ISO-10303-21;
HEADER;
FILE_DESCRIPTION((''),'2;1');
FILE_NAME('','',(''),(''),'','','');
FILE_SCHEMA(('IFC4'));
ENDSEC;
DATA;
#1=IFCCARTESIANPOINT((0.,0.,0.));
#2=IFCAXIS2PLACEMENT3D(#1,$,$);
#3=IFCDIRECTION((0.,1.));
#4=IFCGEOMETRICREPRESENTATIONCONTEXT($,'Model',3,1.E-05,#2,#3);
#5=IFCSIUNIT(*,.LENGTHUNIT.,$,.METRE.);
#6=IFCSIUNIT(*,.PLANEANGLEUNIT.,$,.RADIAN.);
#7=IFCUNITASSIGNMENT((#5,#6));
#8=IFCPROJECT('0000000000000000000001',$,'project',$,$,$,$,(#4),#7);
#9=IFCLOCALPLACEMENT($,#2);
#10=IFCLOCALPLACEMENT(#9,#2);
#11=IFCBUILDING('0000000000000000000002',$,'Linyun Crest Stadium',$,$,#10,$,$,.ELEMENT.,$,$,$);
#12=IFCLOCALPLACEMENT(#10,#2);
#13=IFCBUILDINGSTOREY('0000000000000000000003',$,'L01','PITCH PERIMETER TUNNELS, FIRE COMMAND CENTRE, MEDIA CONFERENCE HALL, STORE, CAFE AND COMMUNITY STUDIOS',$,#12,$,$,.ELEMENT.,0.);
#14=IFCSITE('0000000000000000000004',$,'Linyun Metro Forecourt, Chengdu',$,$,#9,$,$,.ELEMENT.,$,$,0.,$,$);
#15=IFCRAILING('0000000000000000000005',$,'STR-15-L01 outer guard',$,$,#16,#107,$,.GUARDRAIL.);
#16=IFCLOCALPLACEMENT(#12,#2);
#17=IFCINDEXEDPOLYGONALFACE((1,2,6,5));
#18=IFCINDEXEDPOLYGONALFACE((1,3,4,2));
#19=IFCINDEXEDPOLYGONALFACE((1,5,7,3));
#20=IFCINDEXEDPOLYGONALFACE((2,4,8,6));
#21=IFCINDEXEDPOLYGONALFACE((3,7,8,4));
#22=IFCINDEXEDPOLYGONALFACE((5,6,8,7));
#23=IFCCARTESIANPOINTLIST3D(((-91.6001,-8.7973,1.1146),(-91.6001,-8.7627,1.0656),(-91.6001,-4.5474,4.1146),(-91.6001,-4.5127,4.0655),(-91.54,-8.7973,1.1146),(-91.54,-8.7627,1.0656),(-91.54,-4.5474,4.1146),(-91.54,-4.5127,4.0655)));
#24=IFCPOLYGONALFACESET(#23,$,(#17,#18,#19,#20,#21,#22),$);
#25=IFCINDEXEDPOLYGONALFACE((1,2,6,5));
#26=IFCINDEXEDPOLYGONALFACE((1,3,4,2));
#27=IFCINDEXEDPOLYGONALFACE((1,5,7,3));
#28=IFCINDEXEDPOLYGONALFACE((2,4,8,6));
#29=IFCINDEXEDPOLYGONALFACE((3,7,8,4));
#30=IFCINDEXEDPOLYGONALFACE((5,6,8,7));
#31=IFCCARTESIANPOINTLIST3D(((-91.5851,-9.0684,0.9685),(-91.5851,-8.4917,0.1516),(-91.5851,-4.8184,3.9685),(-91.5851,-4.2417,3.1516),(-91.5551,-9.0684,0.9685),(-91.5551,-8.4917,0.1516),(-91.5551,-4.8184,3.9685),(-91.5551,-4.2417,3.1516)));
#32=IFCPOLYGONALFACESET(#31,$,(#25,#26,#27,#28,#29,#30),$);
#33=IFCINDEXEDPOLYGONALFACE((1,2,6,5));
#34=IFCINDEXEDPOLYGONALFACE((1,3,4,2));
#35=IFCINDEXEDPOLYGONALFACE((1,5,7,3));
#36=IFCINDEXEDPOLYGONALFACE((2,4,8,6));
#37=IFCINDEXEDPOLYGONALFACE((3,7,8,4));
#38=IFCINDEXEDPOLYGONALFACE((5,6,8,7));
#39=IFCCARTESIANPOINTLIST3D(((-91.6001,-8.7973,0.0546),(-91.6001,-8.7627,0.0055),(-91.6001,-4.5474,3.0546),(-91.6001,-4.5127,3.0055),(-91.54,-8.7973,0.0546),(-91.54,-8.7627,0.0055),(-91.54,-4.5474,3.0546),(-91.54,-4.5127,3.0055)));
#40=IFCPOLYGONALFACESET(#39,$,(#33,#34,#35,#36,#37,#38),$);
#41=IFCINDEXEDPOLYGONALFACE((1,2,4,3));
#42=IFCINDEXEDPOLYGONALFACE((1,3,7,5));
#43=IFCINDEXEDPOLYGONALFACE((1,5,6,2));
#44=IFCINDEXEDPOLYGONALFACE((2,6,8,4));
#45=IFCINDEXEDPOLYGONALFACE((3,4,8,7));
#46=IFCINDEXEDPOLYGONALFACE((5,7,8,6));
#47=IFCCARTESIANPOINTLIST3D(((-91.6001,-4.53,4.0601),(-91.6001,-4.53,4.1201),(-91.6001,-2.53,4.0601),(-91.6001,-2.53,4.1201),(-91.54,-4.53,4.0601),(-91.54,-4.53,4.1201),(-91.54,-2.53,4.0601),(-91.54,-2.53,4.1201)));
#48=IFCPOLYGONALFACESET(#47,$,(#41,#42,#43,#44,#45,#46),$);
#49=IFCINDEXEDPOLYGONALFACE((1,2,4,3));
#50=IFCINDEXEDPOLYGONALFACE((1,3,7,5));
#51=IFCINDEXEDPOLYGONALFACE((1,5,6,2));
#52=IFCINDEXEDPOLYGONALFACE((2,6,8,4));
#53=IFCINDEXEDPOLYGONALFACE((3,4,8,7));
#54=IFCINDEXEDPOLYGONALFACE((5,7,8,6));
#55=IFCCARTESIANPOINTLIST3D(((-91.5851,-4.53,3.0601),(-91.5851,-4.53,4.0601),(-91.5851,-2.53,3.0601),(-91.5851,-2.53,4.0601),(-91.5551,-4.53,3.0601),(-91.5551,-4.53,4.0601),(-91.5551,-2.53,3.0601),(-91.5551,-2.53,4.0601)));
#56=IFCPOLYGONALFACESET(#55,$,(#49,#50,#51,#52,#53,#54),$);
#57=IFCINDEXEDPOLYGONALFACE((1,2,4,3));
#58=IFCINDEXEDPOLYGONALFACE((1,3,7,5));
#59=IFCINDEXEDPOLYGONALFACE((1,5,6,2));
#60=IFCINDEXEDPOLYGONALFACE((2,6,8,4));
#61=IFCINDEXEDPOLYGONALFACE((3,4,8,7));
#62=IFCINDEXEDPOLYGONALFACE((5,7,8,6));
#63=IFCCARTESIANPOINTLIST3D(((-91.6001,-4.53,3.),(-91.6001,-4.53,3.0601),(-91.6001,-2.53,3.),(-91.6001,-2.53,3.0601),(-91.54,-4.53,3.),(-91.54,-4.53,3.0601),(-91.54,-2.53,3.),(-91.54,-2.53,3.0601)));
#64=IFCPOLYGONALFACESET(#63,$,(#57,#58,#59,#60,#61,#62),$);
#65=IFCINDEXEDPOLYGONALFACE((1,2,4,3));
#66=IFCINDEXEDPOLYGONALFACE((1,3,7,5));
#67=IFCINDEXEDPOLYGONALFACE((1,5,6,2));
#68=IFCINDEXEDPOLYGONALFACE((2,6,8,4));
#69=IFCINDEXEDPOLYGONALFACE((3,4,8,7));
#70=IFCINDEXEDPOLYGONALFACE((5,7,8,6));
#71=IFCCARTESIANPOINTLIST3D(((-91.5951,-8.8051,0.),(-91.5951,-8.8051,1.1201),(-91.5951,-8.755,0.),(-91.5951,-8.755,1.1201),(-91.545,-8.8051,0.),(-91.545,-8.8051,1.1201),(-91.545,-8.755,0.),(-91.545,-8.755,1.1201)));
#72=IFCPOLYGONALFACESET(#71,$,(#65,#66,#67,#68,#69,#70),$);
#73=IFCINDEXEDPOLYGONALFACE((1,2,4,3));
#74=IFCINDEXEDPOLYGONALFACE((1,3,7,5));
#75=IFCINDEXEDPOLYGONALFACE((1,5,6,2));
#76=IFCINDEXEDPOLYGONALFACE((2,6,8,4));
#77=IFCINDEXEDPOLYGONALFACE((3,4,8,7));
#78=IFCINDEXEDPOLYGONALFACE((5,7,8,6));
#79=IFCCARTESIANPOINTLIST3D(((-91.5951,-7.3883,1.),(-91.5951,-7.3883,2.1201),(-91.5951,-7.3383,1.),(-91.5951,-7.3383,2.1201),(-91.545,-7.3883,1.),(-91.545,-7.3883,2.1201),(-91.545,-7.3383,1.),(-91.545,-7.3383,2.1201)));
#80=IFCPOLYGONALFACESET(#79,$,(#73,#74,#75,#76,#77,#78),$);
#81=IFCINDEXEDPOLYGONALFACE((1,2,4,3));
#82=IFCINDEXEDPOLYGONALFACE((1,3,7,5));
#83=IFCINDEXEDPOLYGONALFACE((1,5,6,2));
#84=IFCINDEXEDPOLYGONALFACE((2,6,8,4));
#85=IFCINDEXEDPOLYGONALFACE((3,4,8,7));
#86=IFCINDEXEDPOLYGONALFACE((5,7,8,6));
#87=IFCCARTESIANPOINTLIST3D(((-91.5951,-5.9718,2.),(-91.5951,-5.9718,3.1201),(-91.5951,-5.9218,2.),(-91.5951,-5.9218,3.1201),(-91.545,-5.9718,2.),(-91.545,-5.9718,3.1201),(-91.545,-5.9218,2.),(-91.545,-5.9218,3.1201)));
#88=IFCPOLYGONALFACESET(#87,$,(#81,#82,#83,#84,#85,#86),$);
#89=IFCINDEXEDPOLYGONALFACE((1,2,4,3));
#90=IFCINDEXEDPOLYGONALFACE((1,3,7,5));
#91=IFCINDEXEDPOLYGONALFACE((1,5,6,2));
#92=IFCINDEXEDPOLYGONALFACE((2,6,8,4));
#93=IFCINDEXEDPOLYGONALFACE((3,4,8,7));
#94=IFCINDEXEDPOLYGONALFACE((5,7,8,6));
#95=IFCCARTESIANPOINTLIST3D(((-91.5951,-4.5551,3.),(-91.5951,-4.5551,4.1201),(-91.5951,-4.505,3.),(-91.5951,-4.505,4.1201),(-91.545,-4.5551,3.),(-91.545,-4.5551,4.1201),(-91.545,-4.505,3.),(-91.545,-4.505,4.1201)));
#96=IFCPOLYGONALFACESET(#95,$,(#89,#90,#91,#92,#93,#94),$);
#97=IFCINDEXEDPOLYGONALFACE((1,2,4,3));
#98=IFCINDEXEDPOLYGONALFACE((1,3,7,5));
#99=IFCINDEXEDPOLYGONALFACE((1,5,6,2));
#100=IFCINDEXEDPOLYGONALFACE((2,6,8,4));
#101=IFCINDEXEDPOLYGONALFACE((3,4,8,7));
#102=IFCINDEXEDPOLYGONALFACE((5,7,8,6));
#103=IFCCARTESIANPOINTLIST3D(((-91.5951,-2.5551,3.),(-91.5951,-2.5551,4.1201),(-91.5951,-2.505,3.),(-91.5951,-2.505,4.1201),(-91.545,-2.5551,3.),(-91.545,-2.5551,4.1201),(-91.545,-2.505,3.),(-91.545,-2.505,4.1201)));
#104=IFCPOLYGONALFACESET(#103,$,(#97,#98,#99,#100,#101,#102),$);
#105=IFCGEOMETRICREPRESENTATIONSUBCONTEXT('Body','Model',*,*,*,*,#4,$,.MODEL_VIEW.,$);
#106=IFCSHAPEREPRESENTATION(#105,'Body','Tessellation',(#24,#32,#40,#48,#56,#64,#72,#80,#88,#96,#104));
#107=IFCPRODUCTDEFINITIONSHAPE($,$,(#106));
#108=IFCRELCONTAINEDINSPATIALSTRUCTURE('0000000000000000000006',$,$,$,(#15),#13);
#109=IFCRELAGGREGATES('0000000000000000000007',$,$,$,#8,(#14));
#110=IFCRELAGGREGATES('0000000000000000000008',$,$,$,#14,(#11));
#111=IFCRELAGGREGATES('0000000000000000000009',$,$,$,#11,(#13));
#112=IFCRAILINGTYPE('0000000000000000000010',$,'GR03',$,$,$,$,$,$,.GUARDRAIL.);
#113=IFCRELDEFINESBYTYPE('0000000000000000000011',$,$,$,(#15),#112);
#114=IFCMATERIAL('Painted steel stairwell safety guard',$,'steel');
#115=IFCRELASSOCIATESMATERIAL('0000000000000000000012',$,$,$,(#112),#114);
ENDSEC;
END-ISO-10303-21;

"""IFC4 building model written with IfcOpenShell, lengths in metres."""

from ifc_helpers import new_model, si_unit, direction, frame, origin, origin_2d, place, context, subcontext, project, spatial, rectangle, extrude, material, type_object, element, save


model = new_model("IFC4")

# Units and contexts
model_context = context("Model", 3, precision=1e-05, world=origin(), true_north=direction((0.0, 1.0)))
body_context = subcontext(model_context, "Body", "Model", "MODEL_VIEW")
ifc_project = project(units=[si_unit("LENGTHUNIT", "METRE"), si_unit("PLANEANGLEUNIT", "RADIAN")], contexts=[model_context])

# Site, building, storey
site_placement = place(None, origin())
site = spatial("IfcSite", under=ifc_project, at=site_placement, Name="Linyun Metro Forecourt, Chengdu", CompositionType="ELEMENT", RefElevation=0.0)
building_placement = place(site_placement, origin())
building = spatial("IfcBuilding", under=site, at=building_placement, Name="Linyun Crest Stadium", CompositionType="ELEMENT")
storey_placement = place(building_placement, origin())
storey = spatial("IfcBuildingStorey", under=building, at=storey_placement, Name="L01", Description="PITCH PERIMETER TUNNELS, FIRE COMMAND CENTRE, MEDIA CONFERENCE HALL, STORE, CAFE AND COMMUNITY STUDIOS", CompositionType="ELEMENT", Elevation=0.0)

# Railing
ifc_material_1 = material(Name="Painted steel stairwell safety guard", Category="steel")
railing_type_1 = type_object("IfcRailingType", Name="GR03", PredefinedType="GUARDRAIL", material=ifc_material_1)
railing_1_placement = place(storey_placement, frame((-91.5701, -8.78, 0.0)))
element("IfcRailing", 1, at=railing_1_placement, inside=storey, type_object=railing_type_1, Name="STR-15-L01 outer guard", PredefinedType="GUARDRAIL", context=body_context, shape_type="SweptSolid", body=[
    extrude(rectangle(XDim=0.0601, YDim=0.0601, at=origin_2d()), frame((0.0, 0.0, 1.0901), z_axis=(0.0, 0.816968, 0.576683), x_axis=(-1.0, 0.0, 0.0)), (0.0, 0.0, 1.0), 5.2021),
    extrude(rectangle(XDim=0.03, YDim=1.0, at=origin_2d()), frame((0.0, 0.0, 0.5601), z_axis=(0.0, 0.816968, 0.576683), x_axis=(-1.0, 0.0, 0.0)), (0.0, 0.0, 1.0), 5.2021),
    extrude(rectangle(XDim=0.0601, YDim=0.0601, at=origin_2d()), frame((0.0, 0.0, 0.03), z_axis=(0.0, 0.816968, 0.576683), x_axis=(-1.0, 0.0, 0.0)), (0.0, 0.0, 1.0), 5.2021),
    extrude(rectangle(XDim=0.0601, YDim=0.0601, at=origin_2d()), frame((0.0, 4.25, 4.0901), z_axis=(0.0, 1.0, 0.0), x_axis=(-1.0, 0.0, 0.0)), (0.0, 0.0, 1.0), 2.0),
    extrude(rectangle(XDim=0.03, YDim=1.0, at=origin_2d()), frame((0.0, 4.25, 3.5601), z_axis=(0.0, 1.0, 0.0), x_axis=(-1.0, 0.0, 0.0)), (0.0, 0.0, 1.0), 2.0),
    extrude(rectangle(XDim=0.0601, YDim=0.0601, at=origin_2d()), frame((0.0, 4.25, 3.03), z_axis=(0.0, 1.0, 0.0), x_axis=(-1.0, 0.0, 0.0)), (0.0, 0.0, 1.0), 2.0),
    extrude(rectangle(XDim=0.05, YDim=0.05, at=origin_2d()), origin(), (0.0, 0.0, 1.0), 1.1201),
    extrude(rectangle(XDim=0.05, YDim=0.05, at=origin_2d()), frame((0.0, 1.4167, 1.0)), (0.0, 0.0, 1.0), 1.1201),
    extrude(rectangle(XDim=0.05, YDim=0.05, at=origin_2d()), frame((0.0, 2.8333, 2.0)), (0.0, 0.0, 1.0), 1.1201),
    extrude(rectangle(XDim=0.05, YDim=0.05, at=origin_2d()), frame((0.0, 4.25, 3.0)), (0.0, 0.0, 1.0), 1.1201),
    extrude(rectangle(XDim=0.05, YDim=0.05, at=origin_2d()), frame((0.0, 6.25, 3.0)), (0.0, 0.0, 1.0), 1.1201),
])

save(model, "model.ifc")
